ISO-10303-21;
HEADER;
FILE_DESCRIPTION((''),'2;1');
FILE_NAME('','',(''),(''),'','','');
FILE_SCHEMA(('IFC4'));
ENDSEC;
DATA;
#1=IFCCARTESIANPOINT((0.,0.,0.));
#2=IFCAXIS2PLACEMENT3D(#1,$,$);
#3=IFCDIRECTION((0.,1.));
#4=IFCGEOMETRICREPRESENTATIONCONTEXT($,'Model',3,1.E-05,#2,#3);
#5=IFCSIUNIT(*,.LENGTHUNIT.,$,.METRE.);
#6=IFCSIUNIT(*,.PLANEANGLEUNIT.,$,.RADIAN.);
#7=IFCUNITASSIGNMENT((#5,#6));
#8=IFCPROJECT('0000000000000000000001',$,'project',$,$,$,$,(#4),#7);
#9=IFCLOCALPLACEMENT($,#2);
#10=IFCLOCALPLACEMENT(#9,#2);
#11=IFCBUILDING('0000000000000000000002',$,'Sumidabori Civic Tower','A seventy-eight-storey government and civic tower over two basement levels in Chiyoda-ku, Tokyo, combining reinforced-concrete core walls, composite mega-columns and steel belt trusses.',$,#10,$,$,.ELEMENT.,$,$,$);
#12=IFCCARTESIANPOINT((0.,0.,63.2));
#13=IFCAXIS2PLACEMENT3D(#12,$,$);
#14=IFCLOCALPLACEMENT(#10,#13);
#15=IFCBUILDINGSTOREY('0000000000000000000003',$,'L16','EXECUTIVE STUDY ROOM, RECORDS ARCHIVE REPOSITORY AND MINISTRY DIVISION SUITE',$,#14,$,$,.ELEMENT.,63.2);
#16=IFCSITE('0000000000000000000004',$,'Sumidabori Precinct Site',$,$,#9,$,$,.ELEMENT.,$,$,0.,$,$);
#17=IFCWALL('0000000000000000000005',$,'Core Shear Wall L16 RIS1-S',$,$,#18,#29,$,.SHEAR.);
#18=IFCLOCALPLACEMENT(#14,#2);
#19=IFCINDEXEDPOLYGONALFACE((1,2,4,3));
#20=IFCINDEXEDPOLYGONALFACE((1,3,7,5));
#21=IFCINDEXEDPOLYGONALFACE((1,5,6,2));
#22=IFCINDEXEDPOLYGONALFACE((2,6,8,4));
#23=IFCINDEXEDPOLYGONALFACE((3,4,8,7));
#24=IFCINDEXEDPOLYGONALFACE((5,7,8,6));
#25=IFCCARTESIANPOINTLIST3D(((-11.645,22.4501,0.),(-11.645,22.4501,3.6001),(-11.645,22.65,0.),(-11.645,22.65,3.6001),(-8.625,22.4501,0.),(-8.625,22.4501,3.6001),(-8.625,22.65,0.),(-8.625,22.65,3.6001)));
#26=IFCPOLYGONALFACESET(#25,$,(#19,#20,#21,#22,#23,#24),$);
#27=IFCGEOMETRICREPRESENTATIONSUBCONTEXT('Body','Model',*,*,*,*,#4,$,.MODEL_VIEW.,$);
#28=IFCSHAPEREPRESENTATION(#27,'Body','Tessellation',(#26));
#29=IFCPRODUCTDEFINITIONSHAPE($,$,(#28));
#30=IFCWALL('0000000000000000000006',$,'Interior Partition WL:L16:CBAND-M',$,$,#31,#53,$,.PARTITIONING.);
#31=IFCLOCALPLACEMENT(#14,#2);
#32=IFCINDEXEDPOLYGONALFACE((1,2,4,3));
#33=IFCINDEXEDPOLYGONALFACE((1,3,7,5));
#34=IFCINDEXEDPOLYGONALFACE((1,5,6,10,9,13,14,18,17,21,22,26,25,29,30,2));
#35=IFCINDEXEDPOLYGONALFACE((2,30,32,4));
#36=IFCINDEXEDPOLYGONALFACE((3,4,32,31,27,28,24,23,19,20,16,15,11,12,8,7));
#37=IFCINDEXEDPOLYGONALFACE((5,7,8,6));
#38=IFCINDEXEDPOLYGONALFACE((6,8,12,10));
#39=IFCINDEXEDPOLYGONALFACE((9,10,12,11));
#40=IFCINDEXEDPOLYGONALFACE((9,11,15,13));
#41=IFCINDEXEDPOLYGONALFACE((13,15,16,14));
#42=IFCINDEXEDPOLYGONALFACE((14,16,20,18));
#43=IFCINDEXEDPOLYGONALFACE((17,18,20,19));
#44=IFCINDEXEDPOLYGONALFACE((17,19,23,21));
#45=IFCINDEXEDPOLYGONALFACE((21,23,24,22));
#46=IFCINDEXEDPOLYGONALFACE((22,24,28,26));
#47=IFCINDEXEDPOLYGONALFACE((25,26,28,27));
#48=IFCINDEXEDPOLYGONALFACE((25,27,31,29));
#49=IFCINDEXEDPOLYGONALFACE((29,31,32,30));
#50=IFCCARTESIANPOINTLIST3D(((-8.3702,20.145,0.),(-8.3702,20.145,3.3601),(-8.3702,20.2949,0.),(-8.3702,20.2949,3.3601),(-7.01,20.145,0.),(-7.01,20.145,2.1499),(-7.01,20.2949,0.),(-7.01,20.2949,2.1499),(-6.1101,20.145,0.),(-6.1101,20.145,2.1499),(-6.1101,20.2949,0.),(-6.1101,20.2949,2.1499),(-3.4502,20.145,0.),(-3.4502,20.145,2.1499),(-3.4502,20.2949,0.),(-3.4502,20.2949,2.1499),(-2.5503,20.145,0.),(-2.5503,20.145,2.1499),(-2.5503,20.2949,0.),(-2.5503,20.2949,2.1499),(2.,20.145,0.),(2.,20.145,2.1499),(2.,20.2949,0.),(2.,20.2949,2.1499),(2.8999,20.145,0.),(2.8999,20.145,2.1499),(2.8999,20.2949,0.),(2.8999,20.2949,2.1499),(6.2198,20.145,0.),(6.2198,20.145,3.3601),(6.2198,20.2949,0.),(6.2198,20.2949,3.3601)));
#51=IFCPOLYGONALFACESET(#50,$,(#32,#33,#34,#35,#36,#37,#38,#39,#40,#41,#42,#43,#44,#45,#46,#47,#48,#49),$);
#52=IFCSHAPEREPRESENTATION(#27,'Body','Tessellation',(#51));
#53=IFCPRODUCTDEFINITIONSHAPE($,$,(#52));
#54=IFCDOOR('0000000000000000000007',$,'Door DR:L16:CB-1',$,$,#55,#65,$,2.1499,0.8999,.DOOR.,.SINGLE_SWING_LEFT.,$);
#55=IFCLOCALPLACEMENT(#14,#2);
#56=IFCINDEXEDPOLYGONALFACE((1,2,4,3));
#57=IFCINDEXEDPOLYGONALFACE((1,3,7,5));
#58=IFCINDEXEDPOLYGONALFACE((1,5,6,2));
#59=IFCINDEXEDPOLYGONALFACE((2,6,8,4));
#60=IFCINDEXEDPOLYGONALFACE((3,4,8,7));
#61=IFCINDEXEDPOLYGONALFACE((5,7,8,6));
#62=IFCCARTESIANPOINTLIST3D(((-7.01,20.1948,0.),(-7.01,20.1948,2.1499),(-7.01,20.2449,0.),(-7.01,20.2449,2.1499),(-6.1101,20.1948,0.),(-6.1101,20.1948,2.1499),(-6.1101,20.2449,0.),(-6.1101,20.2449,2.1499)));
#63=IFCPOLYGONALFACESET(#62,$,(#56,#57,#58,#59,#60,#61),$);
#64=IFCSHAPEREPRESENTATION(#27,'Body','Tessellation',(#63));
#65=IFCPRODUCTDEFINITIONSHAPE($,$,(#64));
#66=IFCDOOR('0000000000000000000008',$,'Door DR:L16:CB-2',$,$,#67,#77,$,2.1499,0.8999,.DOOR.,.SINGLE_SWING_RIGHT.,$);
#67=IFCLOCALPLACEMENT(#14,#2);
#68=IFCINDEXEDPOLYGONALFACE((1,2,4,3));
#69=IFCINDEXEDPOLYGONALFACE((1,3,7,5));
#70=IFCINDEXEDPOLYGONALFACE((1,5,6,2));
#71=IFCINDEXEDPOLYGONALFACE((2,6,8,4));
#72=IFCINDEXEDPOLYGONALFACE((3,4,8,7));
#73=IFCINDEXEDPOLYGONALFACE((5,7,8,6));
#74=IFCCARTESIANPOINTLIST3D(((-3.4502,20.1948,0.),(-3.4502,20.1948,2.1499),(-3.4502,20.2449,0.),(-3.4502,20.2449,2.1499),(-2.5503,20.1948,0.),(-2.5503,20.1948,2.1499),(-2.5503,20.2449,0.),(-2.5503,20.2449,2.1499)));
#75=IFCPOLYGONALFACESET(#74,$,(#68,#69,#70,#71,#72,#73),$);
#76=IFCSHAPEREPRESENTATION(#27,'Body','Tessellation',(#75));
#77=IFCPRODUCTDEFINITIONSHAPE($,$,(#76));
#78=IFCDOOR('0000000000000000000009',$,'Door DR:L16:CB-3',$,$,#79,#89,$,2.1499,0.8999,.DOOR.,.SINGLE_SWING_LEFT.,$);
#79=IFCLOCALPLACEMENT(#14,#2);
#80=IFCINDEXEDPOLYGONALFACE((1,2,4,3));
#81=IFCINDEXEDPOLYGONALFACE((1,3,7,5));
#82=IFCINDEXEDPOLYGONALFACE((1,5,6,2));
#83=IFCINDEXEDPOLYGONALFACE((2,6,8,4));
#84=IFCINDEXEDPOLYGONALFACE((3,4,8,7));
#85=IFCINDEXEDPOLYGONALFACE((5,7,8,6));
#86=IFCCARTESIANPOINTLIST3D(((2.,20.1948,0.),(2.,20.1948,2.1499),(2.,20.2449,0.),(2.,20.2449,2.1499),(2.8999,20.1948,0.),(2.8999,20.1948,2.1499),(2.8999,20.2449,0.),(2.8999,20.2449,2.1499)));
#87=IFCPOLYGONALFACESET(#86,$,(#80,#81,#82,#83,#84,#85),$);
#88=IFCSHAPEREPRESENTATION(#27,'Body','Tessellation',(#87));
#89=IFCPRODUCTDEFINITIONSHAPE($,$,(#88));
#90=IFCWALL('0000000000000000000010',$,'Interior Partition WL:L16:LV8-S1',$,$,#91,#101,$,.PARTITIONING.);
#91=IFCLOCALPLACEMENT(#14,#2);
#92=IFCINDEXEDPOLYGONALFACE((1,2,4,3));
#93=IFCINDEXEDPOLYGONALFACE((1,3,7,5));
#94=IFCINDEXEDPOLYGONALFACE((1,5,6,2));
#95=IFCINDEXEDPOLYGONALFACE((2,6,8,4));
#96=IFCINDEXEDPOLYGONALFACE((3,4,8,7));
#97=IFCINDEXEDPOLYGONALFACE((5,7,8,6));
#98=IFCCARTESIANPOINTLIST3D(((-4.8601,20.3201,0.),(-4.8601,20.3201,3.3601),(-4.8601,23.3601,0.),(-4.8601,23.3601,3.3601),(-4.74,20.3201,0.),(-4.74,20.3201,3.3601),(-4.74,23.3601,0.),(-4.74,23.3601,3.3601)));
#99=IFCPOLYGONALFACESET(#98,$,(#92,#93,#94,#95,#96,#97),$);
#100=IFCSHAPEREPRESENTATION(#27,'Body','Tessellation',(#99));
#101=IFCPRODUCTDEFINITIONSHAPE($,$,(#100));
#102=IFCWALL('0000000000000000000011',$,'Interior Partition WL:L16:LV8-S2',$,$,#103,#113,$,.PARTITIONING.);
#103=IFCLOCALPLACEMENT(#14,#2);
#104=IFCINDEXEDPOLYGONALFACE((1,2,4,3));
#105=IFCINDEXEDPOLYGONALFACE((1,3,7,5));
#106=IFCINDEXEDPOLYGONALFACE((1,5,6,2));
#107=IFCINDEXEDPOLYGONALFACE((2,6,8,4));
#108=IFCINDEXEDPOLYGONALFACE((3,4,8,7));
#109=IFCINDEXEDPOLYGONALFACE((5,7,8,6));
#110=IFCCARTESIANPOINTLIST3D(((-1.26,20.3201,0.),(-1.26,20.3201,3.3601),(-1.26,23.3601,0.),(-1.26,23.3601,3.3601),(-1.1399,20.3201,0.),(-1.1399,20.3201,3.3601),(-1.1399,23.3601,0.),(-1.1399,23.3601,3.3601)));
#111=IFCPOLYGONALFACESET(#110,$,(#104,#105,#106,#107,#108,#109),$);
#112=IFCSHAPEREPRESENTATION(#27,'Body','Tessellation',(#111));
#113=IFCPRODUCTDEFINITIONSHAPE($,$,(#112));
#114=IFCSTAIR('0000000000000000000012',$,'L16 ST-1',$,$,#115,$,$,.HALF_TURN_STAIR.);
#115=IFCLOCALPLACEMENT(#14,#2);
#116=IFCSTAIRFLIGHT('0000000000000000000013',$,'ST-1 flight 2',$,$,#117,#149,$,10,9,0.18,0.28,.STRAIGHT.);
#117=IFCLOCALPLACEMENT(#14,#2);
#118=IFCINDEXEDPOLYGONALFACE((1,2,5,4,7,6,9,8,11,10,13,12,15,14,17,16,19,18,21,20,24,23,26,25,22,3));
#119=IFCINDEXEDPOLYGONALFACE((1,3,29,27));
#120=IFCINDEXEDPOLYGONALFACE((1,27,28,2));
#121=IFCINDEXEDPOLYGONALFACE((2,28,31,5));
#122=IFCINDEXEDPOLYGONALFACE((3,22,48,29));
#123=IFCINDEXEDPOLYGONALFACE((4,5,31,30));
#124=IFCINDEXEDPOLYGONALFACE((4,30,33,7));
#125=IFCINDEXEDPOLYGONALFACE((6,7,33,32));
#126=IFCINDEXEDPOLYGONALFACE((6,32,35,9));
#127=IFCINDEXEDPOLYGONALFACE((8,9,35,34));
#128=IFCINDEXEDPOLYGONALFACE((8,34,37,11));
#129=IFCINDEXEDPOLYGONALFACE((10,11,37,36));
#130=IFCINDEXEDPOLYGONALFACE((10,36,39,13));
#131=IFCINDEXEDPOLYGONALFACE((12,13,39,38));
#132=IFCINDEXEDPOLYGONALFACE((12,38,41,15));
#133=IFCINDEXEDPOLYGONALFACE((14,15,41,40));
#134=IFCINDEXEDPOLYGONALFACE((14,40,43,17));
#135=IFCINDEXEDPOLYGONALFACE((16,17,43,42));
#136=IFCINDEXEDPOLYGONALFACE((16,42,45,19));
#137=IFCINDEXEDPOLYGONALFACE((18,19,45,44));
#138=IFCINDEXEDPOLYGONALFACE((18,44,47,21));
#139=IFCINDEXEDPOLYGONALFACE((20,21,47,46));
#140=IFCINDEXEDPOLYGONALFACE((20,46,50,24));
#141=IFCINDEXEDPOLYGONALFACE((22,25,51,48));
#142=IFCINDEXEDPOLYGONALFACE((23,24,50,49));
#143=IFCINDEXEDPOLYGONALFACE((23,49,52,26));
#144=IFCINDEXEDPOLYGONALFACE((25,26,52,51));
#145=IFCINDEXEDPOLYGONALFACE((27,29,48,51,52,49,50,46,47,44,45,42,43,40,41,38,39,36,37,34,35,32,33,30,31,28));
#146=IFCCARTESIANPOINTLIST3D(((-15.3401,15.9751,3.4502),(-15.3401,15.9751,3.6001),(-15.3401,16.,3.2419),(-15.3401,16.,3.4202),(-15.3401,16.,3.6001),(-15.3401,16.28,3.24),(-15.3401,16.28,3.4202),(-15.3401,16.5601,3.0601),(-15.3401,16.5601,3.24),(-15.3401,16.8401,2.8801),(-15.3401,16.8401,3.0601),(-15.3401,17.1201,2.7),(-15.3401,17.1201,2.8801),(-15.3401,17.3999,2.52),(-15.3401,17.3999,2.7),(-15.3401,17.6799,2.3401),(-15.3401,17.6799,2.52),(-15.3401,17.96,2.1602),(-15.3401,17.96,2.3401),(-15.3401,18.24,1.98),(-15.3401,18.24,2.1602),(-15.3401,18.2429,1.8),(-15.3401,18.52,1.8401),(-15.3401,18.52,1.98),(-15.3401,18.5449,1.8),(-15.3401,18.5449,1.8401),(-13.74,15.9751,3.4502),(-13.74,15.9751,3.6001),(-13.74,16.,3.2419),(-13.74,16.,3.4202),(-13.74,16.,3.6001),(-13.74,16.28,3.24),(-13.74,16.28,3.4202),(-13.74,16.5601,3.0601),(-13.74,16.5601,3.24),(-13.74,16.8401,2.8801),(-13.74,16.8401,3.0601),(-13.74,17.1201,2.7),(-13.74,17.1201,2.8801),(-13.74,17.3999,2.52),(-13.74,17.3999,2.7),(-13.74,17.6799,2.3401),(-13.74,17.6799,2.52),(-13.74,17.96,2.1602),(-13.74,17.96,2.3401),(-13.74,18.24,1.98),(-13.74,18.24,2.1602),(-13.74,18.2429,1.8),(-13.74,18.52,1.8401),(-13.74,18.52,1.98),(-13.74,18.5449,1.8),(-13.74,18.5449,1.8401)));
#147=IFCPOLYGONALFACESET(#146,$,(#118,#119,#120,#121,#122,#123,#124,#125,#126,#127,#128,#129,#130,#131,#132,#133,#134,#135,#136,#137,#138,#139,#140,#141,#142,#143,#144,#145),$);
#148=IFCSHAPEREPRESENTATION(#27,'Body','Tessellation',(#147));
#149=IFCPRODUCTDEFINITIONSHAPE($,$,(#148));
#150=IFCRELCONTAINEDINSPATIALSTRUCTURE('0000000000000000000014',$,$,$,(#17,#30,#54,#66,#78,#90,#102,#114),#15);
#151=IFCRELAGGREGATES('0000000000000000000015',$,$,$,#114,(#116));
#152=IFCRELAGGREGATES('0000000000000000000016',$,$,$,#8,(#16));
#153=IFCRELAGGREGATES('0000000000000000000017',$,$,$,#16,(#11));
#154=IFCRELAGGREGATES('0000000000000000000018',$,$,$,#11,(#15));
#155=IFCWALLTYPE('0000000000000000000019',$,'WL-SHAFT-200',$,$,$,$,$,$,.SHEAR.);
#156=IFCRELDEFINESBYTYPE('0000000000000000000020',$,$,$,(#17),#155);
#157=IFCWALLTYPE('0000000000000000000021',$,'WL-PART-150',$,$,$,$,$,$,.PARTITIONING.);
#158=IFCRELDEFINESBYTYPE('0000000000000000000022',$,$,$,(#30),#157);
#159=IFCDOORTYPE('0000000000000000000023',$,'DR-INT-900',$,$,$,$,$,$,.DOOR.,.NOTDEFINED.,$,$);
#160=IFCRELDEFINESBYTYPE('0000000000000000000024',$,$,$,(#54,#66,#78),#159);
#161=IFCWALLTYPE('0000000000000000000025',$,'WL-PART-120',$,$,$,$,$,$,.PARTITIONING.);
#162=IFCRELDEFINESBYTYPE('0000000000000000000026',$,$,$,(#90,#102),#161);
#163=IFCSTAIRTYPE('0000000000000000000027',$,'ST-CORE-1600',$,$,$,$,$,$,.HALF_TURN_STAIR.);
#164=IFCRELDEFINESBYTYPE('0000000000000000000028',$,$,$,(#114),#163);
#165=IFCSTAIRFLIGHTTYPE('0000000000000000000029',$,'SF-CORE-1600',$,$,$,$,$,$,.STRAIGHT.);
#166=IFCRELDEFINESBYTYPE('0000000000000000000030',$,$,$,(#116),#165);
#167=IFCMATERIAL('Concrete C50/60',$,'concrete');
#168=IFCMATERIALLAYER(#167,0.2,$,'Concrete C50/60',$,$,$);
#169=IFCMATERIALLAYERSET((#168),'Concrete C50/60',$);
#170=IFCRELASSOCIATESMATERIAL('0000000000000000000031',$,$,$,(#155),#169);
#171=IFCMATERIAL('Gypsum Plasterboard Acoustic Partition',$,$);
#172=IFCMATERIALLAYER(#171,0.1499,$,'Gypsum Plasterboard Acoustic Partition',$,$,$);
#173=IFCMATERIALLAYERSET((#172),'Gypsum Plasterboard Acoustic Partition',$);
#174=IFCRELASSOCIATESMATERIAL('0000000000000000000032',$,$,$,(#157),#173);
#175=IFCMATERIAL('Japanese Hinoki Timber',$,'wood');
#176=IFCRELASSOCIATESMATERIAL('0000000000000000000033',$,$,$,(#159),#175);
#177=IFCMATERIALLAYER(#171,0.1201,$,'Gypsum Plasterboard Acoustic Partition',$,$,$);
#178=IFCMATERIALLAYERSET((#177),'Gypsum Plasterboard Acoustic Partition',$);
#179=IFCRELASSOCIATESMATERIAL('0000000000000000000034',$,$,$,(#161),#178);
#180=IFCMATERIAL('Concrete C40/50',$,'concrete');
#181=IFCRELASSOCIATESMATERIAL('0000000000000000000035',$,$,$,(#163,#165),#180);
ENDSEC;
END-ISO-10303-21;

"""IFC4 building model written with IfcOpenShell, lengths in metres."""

from ifc_helpers import new_model, si_unit, direction, frame, frame_2d, origin, place, context, subcontext, project, spatial, polyline, rectangle, outline, extrude, source, transform, mapped, material, layer, layer_set, type_object, element, fill, aggregate, save


model = new_model("IFC4")

# Units and contexts
model_context = context("Model", 3, precision=1e-05, world=origin(), true_north=direction((0.0, 1.0)))
body_context = subcontext(model_context, "Body", "Model", "MODEL_VIEW")
ifc_project = project(units=[si_unit("LENGTHUNIT", "METRE"), si_unit("PLANEANGLEUNIT", "RADIAN")], contexts=[model_context])

# Site, building, storey
site_placement = place(None, origin())
site = spatial("IfcSite", under=ifc_project, at=site_placement, Name="Sumidabori Precinct Site", CompositionType="ELEMENT", RefElevation=0.0)
building_placement = place(site_placement, origin())
building = spatial("IfcBuilding", under=site, at=building_placement, Name="Sumidabori Civic Tower", Description="A seventy-eight-storey government and civic tower over two basement levels in Chiyoda-ku, Tokyo, combining reinforced-concrete core walls, composite mega-columns and steel belt trusses.", CompositionType="ELEMENT")
storey_placement = place(building_placement, frame((0.0, 0.0, 63.2)))
storey = spatial("IfcBuildingStorey", under=building, at=storey_placement, Name="L16", Description="EXECUTIVE STUDY ROOM, RECORDS ARCHIVE REPOSITORY AND MINISTRY DIVISION SUITE", CompositionType="ELEMENT", Elevation=63.2)

# Wall
ifc_material_1 = material(Name="Concrete C50/60", Category="concrete")
ifc_layer_1 = layer(ifc_material_1, 0.2, Name="Concrete C50/60")
ifc_layer_set_1 = layer_set([ifc_layer_1], Name="Concrete C50/60")
wall_type_1 = type_object("IfcWallType", Name="WL-SHAFT-200", PredefinedType="SHEAR", material=ifc_layer_set_1)
shared_shape_1 = source(origin(), body_context, "Body", "SweptSolid", [
    extrude(rectangle(XDim=3.02, YDim=0.2, at=frame_2d((1.51, 0.0))), origin(), (0.0, 0.0, 1.0), 3.6001),
])
wall_1_placement = place(storey_placement, frame((-11.645, 22.55, 0.0), z_axis=(0.0, 0.0, 1.0), x_axis=(1.0, 0.0, 0.0)))
element("IfcWall", 1, at=wall_1_placement, inside=storey, type_object=wall_type_1, Name="Core Shear Wall L16 RIS1-S", PredefinedType="SHEAR", context=body_context, shape_type="MappedRepresentation", body=[
    mapped(shared_shape_1, transform((0.0, 0.0, 0.0), x_axis=(1.0, 0.0, 0.0), y_axis=(0.0, 1.0, 0.0), z_axis=(0.0, 0.0, 1.0), scale=1.0)),
])

# Wall, openings, doors
ifc_material_2 = material(Name="Gypsum Plasterboard Acoustic Partition")
ifc_layer_2 = layer(ifc_material_2, 0.1499, Name="Gypsum Plasterboard Acoustic Partition")
ifc_layer_set_2 = layer_set([ifc_layer_2], Name="Gypsum Plasterboard Acoustic Partition")
wall_type_2 = type_object("IfcWallType", Name="WL-PART-150", PredefinedType="PARTITIONING", material=ifc_layer_set_2)
shared_shape_2 = source(origin(), body_context, "Body", "SweptSolid", [
    extrude(rectangle(XDim=14.5901, YDim=0.1499, at=frame_2d((7.2949, 0.0))), origin(), (0.0, 0.0, 1.0), 3.3601),
])
wall_2_placement = place(storey_placement, frame((-8.3701, 20.22, 0.0), z_axis=(0.0, 0.0, 1.0), x_axis=(1.0, 0.0, 0.0)))
wall_2 = element("IfcWall", 2, at=wall_2_placement, inside=storey, type_object=wall_type_2, Name="Interior Partition WL:L16:CBAND-M", PredefinedType="PARTITIONING", context=body_context, shape_type="MappedRepresentation", body=[
    mapped(shared_shape_2, transform((0.0, 0.0, 0.0), x_axis=(1.0, 0.0, 0.0), y_axis=(0.0, 1.0, 0.0), z_axis=(0.0, 0.0, 1.0), scale=1.0)),
])
opening_1_placement = place(wall_2_placement, frame((1.3601, 0.0, 0.0)))
opening_1 = element("IfcOpeningElement", 3, at=opening_1_placement, cuts=wall_2, PredefinedType="OPENING", context=body_context, shape_type="SweptSolid", body=[
    extrude(rectangle(XDim=0.8999, YDim=2.1499, at=frame_2d((0.45, 1.075))), frame((0.0, 0.0869, 0.0), z_axis=(0.0, -1.0, 0.0), x_axis=(1.0, 0.0, 0.0)), (0.0, 0.0, 1.0), 0.1738),
])
opening_2_placement = place(wall_2_placement, frame((4.9199, 0.0, 0.0)))
opening_2 = element("IfcOpeningElement", 4, at=opening_2_placement, cuts=wall_2, PredefinedType="OPENING", context=body_context, shape_type="SweptSolid", body=[
    extrude(rectangle(XDim=0.8999, YDim=2.1499, at=frame_2d((0.45, 1.075))), frame((0.0, 0.0869, 0.0), z_axis=(0.0, -1.0, 0.0), x_axis=(1.0, 0.0, 0.0)), (0.0, 0.0, 1.0), 0.1738),
])
opening_3_placement = place(wall_2_placement, frame((10.3701, 0.0, 0.0)))
opening_3 = element("IfcOpeningElement", 5, at=opening_3_placement, cuts=wall_2, PredefinedType="OPENING", context=body_context, shape_type="SweptSolid", body=[
    extrude(rectangle(XDim=0.8999, YDim=2.1499, at=frame_2d((0.45, 1.075))), frame((0.0, 0.0869, 0.0), z_axis=(0.0, -1.0, 0.0), x_axis=(1.0, 0.0, 0.0)), (0.0, 0.0, 1.0), 0.1738),
])
ifc_material_3 = material(Name="Japanese Hinoki Timber", Category="wood")
door_type = type_object("IfcDoorType", Name="DR-INT-900", OperationType="NOTDEFINED", PredefinedType="DOOR", material=ifc_material_3)
shared_shape_3 = source(origin(), body_context, "Body", "SweptSolid", [
    extrude(rectangle(XDim=0.8999, YDim=2.1499, at=frame_2d((0.45, 1.075))), frame((0.0, 0.0249, 0.0), z_axis=(0.0, -1.0, 0.0), x_axis=(1.0, 0.0, 0.0)), (0.0, 0.0, 1.0), 0.05),
])
door_1_placement = place(opening_1_placement, origin())
door_1 = element("IfcDoor", 6, at=door_1_placement, inside=storey, type_object=door_type, Name="Door DR:L16:CB-1", OperationType="SINGLE_SWING_LEFT", OverallHeight=2.1499, OverallWidth=0.8999, PredefinedType="DOOR", context=body_context, shape_type="MappedRepresentation", body=[
    mapped(shared_shape_3, transform((0.0, 0.0, 0.0), x_axis=(1.0, 0.0, 0.0), y_axis=(0.0, 1.0, 0.0), z_axis=(0.0, 0.0, 1.0), scale=1.0)),
])
fill(opening_1, door_1)
door_2_placement = place(opening_2_placement, origin())
door_2 = element("IfcDoor", 7, at=door_2_placement, inside=storey, type_object=door_type, Name="Door DR:L16:CB-2", OperationType="SINGLE_SWING_RIGHT", OverallHeight=2.1499, OverallWidth=0.8999, PredefinedType="DOOR", context=body_context, shape_type="MappedRepresentation", body=[
    mapped(shared_shape_3, transform((0.0, 0.0, 0.0), x_axis=(1.0, 0.0, 0.0), y_axis=(0.0, 1.0, 0.0), z_axis=(0.0, 0.0, 1.0), scale=1.0)),
])
fill(opening_2, door_2)
door_3_placement = place(opening_3_placement, origin())
door_3 = element("IfcDoor", 8, at=door_3_placement, inside=storey, type_object=door_type, Name="Door DR:L16:CB-3", OperationType="SINGLE_SWING_LEFT", OverallHeight=2.1499, OverallWidth=0.8999, PredefinedType="DOOR", context=body_context, shape_type="MappedRepresentation", body=[
    mapped(shared_shape_3, transform((0.0, 0.0, 0.0), x_axis=(1.0, 0.0, 0.0), y_axis=(0.0, 1.0, 0.0), z_axis=(0.0, 0.0, 1.0), scale=1.0)),
])
fill(opening_3, door_3)

# Walls
ifc_layer_3 = layer(ifc_material_2, 0.1201, Name="Gypsum Plasterboard Acoustic Partition")
ifc_layer_set_3 = layer_set([ifc_layer_3], Name="Gypsum Plasterboard Acoustic Partition")
wall_type_3 = type_object("IfcWallType", Name="WL-PART-120", PredefinedType="PARTITIONING", material=ifc_layer_set_3)
shared_shape_4 = source(origin(), body_context, "Body", "SweptSolid", [
    extrude(rectangle(XDim=3.04, YDim=0.1201, at=frame_2d((1.52, 0.0))), origin(), (0.0, 0.0, 1.0), 3.3601),
])
for number, where, z_axis, x_axis, name in (
    (9, (-4.8, 20.3201, 0.0), (0.0, 0.0, 1.0), (0.0, 1.0, 0.0), "Interior Partition WL:L16:LV8-S1"),
    (10, (-1.2, 20.3201, 0.0), (0.0, 0.0, 1.0), (0.0, 1.0, 0.0), "Interior Partition WL:L16:LV8-S2"),
):
    element("IfcWall", number, at=place(storey_placement, frame(where, z_axis=z_axis, x_axis=x_axis)), inside=storey, type_object=wall_type_3, Name=name, PredefinedType="PARTITIONING", context=body_context, shape_type="MappedRepresentation", body=[
        mapped(shared_shape_4, transform((0.0, 0.0, 0.0), x_axis=(1.0, 0.0, 0.0), y_axis=(0.0, 1.0, 0.0), z_axis=(0.0, 0.0, 1.0), scale=1.0)),
    ])

# Stair, stair flight
ifc_material_4 = material(Name="Concrete C40/50", Category="concrete")
stair_type = type_object("IfcStairType", Name="ST-CORE-1600", PredefinedType="HALF_TURN_STAIR", material=ifc_material_4)
stair_placement = place(storey_placement, origin())
stair = element("IfcStair", 11, at=stair_placement, inside=storey, type_object=stair_type, Name="L16 ST-1", PredefinedType="HALF_TURN_STAIR")
stair_flight_type = type_object("IfcStairFlightType", Name="SF-CORE-1600", PredefinedType="STRAIGHT", material=ifc_material_4)
shared_shape_5 = source(origin(), body_context, "Body", "SweptSolid", [
    extrude(outline(polyline([(-0.0249, 0.0), (-0.0249, 0.04), (0.0, 0.04), (0.0, 0.1799), (0.28, 0.1799), (0.28, 0.3601), (0.5601, 0.3601), (0.5601, 0.54), (0.8401, 0.54), (0.8401, 0.72), (1.1201, 0.72), (1.1201, 0.8999), (1.3999, 0.8999), (1.3999, 1.0801), (1.6799, 1.0801), (1.6799, 1.26), (1.96, 1.26), (1.96, 1.4399), (2.24, 1.4399), (2.24, 1.6201), (2.52, 1.6201), (2.52, 1.8), (2.5449, 1.8), (2.5449, 1.6501), (2.52, 1.4419), (0.2771, 0.0), (-0.0249, 0.0)])), frame((0.0, 0.8, 0.0), z_axis=(0.0, -1.0, 0.0), x_axis=(1.0, 0.0, 0.0)), (0.0, 0.0, 1.0), 1.6001),
])
stair_flight_placement = place(storey_placement, frame((-14.54, 18.52, 1.8), z_axis=(0.0, 0.0, 1.0), x_axis=(0.0, -1.0, 0.0)))
stair_flight = element("IfcStairFlight", 12, at=stair_flight_placement, type_object=stair_flight_type, Name="ST-1 flight 2", NumberOfRisers=10, NumberOfTreads=9, PredefinedType="STRAIGHT", RiserHeight=0.18, TreadLength=0.28, context=body_context, shape_type="MappedRepresentation", body=[
    mapped(shared_shape_5, transform((0.0, 0.0, 0.0), x_axis=(1.0, 0.0, 0.0), y_axis=(0.0, 1.0, 0.0), z_axis=(0.0, 0.0, 1.0), scale=1.0)),
])
aggregate(stair, [stair_flight])

save(model, "model.ifc")
